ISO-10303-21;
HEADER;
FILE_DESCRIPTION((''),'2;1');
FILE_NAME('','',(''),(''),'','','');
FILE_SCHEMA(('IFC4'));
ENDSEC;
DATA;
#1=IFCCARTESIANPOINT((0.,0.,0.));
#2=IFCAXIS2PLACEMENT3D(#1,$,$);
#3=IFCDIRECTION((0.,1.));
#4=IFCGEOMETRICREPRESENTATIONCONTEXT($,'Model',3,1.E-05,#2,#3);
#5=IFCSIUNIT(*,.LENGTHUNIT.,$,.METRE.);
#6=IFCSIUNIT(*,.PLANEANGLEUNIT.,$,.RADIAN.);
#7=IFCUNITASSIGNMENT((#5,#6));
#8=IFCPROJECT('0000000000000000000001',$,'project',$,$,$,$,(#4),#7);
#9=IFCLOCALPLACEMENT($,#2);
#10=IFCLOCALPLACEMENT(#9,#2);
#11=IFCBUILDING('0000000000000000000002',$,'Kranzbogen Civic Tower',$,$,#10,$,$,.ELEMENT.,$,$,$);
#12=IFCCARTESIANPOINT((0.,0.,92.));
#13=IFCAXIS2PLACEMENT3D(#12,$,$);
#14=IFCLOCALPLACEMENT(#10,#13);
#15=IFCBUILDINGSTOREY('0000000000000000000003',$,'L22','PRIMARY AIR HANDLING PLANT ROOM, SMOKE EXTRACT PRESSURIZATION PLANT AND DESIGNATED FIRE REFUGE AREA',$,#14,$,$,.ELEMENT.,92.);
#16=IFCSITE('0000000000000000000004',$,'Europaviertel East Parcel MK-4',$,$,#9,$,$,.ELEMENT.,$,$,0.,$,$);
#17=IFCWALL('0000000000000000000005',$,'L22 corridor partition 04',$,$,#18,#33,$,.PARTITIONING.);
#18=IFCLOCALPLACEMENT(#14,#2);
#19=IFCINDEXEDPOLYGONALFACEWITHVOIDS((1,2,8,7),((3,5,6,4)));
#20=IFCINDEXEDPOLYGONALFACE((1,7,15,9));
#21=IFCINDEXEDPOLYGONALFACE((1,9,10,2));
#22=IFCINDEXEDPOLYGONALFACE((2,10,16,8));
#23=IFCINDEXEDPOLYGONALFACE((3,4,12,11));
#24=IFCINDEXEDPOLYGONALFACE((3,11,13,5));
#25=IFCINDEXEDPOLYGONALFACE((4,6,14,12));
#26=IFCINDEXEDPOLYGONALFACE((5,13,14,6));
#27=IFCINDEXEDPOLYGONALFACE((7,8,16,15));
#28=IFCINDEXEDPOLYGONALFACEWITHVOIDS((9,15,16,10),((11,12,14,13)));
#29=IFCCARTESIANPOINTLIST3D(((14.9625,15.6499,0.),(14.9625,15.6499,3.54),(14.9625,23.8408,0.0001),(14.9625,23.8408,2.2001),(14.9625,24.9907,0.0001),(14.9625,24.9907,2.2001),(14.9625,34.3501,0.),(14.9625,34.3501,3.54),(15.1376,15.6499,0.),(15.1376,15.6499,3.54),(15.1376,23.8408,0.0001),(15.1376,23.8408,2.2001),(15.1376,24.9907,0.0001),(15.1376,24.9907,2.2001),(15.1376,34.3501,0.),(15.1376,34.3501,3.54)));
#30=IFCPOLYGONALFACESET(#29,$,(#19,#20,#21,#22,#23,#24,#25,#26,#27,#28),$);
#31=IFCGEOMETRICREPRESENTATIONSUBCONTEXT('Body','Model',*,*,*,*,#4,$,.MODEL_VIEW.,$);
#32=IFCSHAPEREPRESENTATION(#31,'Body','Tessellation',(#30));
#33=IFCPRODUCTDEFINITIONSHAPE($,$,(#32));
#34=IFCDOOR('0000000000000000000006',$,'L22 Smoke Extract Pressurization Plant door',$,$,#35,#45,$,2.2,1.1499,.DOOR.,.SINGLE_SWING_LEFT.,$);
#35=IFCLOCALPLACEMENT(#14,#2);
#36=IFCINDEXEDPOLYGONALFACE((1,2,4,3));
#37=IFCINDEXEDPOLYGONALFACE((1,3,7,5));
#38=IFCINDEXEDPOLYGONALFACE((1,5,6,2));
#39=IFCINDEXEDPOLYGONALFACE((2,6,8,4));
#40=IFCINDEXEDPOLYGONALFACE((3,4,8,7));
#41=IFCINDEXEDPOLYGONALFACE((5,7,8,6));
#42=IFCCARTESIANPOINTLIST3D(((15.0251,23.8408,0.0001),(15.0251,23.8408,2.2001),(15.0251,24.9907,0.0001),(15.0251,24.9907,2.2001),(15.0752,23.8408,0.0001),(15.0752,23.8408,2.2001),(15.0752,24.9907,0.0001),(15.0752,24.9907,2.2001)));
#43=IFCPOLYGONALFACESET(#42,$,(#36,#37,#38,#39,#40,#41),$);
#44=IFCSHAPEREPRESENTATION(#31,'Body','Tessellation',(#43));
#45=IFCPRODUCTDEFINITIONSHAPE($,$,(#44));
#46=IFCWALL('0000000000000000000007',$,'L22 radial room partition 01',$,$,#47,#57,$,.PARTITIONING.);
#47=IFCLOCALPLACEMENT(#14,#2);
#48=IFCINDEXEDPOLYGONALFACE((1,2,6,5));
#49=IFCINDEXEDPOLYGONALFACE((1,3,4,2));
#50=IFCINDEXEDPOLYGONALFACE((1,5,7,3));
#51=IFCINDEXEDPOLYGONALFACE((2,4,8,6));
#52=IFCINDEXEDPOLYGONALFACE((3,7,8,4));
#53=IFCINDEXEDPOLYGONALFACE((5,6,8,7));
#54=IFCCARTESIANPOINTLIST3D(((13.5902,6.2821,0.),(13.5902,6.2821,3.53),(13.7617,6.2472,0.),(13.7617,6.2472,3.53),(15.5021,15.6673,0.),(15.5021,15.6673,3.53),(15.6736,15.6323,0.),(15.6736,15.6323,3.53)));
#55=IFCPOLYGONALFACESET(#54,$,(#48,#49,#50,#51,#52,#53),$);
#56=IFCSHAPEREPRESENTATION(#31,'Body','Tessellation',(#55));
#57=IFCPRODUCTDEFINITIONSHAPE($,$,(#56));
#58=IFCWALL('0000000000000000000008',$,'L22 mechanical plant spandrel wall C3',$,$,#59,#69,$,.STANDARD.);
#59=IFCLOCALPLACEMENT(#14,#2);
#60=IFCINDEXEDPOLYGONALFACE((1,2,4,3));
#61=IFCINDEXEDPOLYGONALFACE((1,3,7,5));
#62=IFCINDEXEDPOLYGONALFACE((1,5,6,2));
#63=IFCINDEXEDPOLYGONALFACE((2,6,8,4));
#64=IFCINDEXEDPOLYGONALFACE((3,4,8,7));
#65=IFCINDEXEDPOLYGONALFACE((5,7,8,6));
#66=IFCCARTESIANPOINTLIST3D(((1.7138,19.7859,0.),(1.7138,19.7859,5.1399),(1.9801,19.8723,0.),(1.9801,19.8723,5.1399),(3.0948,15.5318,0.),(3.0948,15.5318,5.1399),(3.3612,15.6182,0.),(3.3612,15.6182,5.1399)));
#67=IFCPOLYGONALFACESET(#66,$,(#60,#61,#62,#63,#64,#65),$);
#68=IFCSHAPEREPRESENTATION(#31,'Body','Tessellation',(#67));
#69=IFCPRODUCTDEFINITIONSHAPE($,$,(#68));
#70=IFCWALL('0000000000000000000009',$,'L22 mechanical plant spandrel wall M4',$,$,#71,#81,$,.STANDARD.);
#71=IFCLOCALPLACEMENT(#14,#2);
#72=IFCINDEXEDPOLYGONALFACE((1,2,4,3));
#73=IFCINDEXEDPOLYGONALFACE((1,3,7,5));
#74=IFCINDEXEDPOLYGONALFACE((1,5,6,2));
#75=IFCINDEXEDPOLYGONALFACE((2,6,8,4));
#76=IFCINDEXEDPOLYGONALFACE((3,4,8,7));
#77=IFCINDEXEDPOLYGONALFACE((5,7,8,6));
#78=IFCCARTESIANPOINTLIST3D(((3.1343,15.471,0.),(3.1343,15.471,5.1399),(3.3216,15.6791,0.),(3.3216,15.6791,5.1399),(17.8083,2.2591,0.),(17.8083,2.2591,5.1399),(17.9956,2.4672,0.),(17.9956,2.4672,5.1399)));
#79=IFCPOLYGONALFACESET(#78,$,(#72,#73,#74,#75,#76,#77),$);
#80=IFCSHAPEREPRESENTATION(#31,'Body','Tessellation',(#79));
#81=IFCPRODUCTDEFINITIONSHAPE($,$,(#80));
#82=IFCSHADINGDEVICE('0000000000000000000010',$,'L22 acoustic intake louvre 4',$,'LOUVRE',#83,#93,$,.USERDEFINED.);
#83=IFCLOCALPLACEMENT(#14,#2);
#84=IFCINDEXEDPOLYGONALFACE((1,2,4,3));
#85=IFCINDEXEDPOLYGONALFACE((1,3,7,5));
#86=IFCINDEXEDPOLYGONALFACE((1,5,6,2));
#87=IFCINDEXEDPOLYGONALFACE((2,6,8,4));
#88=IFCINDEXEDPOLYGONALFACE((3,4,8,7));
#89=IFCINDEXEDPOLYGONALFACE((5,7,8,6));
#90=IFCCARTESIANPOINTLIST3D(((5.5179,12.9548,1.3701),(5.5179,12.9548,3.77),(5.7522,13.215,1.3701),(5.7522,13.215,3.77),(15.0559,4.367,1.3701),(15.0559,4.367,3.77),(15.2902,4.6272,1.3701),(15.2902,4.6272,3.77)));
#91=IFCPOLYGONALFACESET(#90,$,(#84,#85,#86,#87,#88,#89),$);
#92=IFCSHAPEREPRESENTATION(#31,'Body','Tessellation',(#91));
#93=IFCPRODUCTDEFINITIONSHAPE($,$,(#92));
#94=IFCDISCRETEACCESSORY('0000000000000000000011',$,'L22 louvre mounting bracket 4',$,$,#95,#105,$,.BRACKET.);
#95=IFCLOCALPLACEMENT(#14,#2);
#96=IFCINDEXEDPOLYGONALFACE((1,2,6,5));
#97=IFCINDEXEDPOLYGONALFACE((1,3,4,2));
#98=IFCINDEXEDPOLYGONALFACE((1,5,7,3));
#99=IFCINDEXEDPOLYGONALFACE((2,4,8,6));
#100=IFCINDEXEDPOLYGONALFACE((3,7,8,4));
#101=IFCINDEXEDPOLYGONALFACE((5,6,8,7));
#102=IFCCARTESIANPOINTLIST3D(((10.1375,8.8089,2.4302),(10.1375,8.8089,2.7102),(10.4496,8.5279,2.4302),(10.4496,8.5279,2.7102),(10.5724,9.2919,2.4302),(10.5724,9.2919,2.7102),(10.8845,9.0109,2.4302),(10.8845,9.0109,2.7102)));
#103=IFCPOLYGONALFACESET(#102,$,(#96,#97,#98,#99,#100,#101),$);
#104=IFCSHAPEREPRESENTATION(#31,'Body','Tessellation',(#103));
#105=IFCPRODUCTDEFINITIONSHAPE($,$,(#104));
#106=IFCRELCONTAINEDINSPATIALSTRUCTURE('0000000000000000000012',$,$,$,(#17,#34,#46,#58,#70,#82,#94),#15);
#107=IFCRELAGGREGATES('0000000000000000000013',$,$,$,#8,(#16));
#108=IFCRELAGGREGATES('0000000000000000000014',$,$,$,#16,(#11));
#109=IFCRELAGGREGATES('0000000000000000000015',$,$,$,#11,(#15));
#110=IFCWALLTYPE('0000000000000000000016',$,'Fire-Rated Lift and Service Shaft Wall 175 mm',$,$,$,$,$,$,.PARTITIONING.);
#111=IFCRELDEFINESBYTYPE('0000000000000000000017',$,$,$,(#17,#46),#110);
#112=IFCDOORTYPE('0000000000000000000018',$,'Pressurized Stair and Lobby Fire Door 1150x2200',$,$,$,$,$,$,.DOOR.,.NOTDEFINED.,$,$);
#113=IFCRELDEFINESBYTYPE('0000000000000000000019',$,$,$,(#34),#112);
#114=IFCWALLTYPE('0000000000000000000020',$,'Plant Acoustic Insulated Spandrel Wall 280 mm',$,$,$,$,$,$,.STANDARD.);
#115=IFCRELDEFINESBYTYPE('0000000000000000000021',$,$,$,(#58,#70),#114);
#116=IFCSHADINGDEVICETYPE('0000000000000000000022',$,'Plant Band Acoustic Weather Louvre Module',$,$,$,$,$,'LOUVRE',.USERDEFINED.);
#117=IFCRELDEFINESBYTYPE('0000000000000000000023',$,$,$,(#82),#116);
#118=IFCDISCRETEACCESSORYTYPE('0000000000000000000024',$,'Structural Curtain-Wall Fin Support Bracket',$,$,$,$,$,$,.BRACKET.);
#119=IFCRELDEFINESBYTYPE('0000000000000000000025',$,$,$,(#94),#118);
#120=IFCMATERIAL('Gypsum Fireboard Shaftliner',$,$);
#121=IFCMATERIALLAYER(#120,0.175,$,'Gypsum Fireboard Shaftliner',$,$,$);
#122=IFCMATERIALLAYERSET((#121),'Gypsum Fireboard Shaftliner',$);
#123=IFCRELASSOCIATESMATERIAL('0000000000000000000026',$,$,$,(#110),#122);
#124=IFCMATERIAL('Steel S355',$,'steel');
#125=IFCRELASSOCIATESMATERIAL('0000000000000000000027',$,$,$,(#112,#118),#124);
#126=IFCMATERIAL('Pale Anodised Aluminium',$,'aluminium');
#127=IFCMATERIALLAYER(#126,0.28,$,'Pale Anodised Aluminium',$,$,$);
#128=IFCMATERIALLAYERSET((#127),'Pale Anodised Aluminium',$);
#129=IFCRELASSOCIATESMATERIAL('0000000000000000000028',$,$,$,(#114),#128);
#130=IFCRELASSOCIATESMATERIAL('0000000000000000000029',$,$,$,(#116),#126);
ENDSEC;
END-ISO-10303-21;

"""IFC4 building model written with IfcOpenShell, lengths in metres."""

from ifc_helpers import new_model, si_unit, direction, frame, frame_2d, origin, origin_2d, place, context, subcontext, project, spatial, rectangle, extrude, material, layer, layer_set, type_object, element, fill, save


model = new_model("IFC4")

# Units and contexts
model_context = context("Model", 3, precision=1e-05, world=origin(), true_north=direction((0.0, 1.0)))
body_context = subcontext(model_context, "Body", "Model", "MODEL_VIEW")
ifc_project = project(units=[si_unit("LENGTHUNIT", "METRE"), si_unit("PLANEANGLEUNIT", "RADIAN")], contexts=[model_context])

# Site, building, storey
site_placement = place(None, origin())
site = spatial("IfcSite", under=ifc_project, at=site_placement, Name="Europaviertel East Parcel MK-4", CompositionType="ELEMENT", RefElevation=0.0)
building_placement = place(site_placement, origin())
building = spatial("IfcBuilding", under=site, at=building_placement, Name="Kranzbogen Civic Tower", CompositionType="ELEMENT")
storey_placement = place(building_placement, frame((0.0, 0.0, 92.0)))
storey = spatial("IfcBuildingStorey", under=building, at=storey_placement, Name="L22", Description="PRIMARY AIR HANDLING PLANT ROOM, SMOKE EXTRACT PRESSURIZATION PLANT AND DESIGNATED FIRE REFUGE AREA", CompositionType="ELEMENT", Elevation=92.0)

# Shared definitions
ifc_material_1 = material(Name="Steel S355", Category="steel")

# Wall, opening, door
ifc_material_2 = material(Name="Gypsum Fireboard Shaftliner")
ifc_layer_1 = layer(ifc_material_2, 0.175, Name="Gypsum Fireboard Shaftliner")
ifc_layer_set_1 = layer_set([ifc_layer_1], Name="Gypsum Fireboard Shaftliner")
wall_type_1 = type_object("IfcWallType", Name="Fire-Rated Lift and Service Shaft Wall 175 mm", PredefinedType="PARTITIONING", material=ifc_layer_set_1)
wall_1_placement = place(storey_placement, frame((15.05, 15.6499, 0.0), z_axis=(0.0, 0.0, 1.0), x_axis=(0.0, 1.0, 0.0)))
wall_1 = element("IfcWall", 1, at=wall_1_placement, inside=storey, type_object=wall_type_1, Name="L22 corridor partition 04", PredefinedType="PARTITIONING", context=body_context, shape_type="SweptSolid", body=[
    extrude(rectangle(XDim=18.7002, YDim=0.175, at=frame_2d((9.3501, 0.0))), origin(), (0.0, 0.0, 1.0), 3.54),
])
opening_placement = place(wall_1_placement, frame((8.1909, 0.0, 0.0)))
opening = element("IfcOpeningElement", 2, at=opening_placement, cuts=wall_1, PredefinedType="OPENING", context=body_context, shape_type="SweptSolid", body=[
    extrude(rectangle(XDim=1.1499, YDim=2.2, at=frame_2d((0.575, 1.1001))), frame((0.0, 0.0977, 0.0), z_axis=(0.0, -1.0, 0.0), x_axis=(1.0, 0.0, 0.0)), (0.0, 0.0, 1.0), 0.1951),
])
door_type = type_object("IfcDoorType", Name="Pressurized Stair and Lobby Fire Door 1150x2200", OperationType="NOTDEFINED", PredefinedType="DOOR", material=ifc_material_1)
door_placement = place(opening_placement, origin())
door = element("IfcDoor", 3, at=door_placement, inside=storey, type_object=door_type, Name="L22 Smoke Extract Pressurization Plant door", OperationType="SINGLE_SWING_LEFT", OverallHeight=2.2, OverallWidth=1.1499, PredefinedType="DOOR", context=body_context, shape_type="SweptSolid", body=[
    extrude(rectangle(XDim=1.1499, YDim=2.2, at=frame_2d((0.575, 1.1001))), frame((0.0, 0.0249, 0.0), z_axis=(0.0, -1.0, 0.0), x_axis=(1.0, 0.0, 0.0)), (0.0, 0.0, 1.0), 0.05),
])
fill(opening, door)

# Walls
wall_2_placement = place(storey_placement, frame((15.5879, 15.6499, 0.0), z_axis=(0.0, 0.0, 1.0), x_axis=(-0.199615, -0.979874, 0.0)))
element("IfcWall", 4, at=wall_2_placement, inside=storey, type_object=wall_type_1, Name="L22 radial room partition 01", PredefinedType="PARTITIONING", context=body_context, shape_type="SweptSolid", body=[
    extrude(rectangle(XDim=9.5779, YDim=0.175, at=frame_2d((4.7891, 0.0))), origin(), (0.0, 0.0, 1.0), 3.53),
])
ifc_material_3 = material(Name="Pale Anodised Aluminium", Category="aluminium")
ifc_layer_2 = layer(ifc_material_3, 0.28, Name="Pale Anodised Aluminium")
ifc_layer_set_2 = layer_set([ifc_layer_2], Name="Pale Anodised Aluminium")
wall_type_2 = type_object("IfcWallType", Name="Plant Acoustic Insulated Spandrel Wall 280 mm", PredefinedType="STANDARD", material=ifc_layer_set_2)
wall_3_placement = place(storey_placement, frame((1.8469, 19.8291, 0.0), z_axis=(0.0, 0.0, 1.0), x_axis=(0.308784, -0.951132, 0.0)))
element("IfcWall", 5, at=wall_3_placement, inside=storey, type_object=wall_type_2, Name="L22 mechanical plant spandrel wall C3", PredefinedType="STANDARD", context=body_context, shape_type="SweptSolid", body=[
    extrude(rectangle(XDim=4.4727, YDim=0.28, at=frame_2d((2.2363, 0.0))), origin(), (0.0, 0.0, 1.0), 5.1399),
])
wall_4_placement = place(storey_placement, frame((3.228, 15.575, 0.0), z_axis=(0.0, 0.0, 1.0), x_axis=(0.743162, -0.669112, 0.0)))
element("IfcWall", 6, at=wall_4_placement, inside=storey, type_object=wall_type_2, Name="L22 mechanical plant spandrel wall M4", PredefinedType="STANDARD", context=body_context, shape_type="SweptSolid", body=[
    extrude(rectangle(XDim=19.7454, YDim=0.28, at=frame_2d((9.8726, 0.0))), origin(), (0.0, 0.0, 1.0), 5.1399),
])

# Shading device
shading_device_type = type_object("IfcShadingDeviceType", Name="Plant Band Acoustic Weather Louvre Module", ElementType="LOUVRE", PredefinedType="USERDEFINED", material=ifc_material_3)
shading_device_placement = place(storey_placement, frame((10.4041, 8.791, 1.3701), z_axis=(0.0, 0.0, 1.0), x_axis=(0.743157, -0.669118, 0.0)))
element("IfcShadingDevice", 7, at=shading_device_placement, inside=storey, type_object=shading_device_type, Name="L22 acoustic intake louvre 4", ObjectType="LOUVRE", PredefinedType="USERDEFINED", context=body_context, shape_type="SweptSolid", body=[
    extrude(rectangle(XDim=12.8345, YDim=0.3501, at=origin_2d()), origin(), (0.0, 0.0, 1.0), 2.3999),
])

# Discrete accessory
discrete_accessory_type = type_object("IfcDiscreteAccessoryType", Name="Structural Curtain-Wall Fin Support Bracket", PredefinedType="BRACKET", material=ifc_material_1)
discrete_accessory_placement = place(storey_placement, frame((10.511, 8.9099, 2.4302), z_axis=(0.0, 0.0, 1.0), x_axis=(-0.669131, -0.743145, 0.0)))
element("IfcDiscreteAccessory", 8, at=discrete_accessory_placement, inside=storey, type_object=discrete_accessory_type, Name="L22 louvre mounting bracket 4", PredefinedType="BRACKET", context=body_context, shape_type="SweptSolid", body=[
    extrude(rectangle(XDim=0.6499, YDim=0.4199, at=origin_2d()), origin(), (0.0, 0.0, 1.0), 0.28),
])

save(model, "model.ifc")
